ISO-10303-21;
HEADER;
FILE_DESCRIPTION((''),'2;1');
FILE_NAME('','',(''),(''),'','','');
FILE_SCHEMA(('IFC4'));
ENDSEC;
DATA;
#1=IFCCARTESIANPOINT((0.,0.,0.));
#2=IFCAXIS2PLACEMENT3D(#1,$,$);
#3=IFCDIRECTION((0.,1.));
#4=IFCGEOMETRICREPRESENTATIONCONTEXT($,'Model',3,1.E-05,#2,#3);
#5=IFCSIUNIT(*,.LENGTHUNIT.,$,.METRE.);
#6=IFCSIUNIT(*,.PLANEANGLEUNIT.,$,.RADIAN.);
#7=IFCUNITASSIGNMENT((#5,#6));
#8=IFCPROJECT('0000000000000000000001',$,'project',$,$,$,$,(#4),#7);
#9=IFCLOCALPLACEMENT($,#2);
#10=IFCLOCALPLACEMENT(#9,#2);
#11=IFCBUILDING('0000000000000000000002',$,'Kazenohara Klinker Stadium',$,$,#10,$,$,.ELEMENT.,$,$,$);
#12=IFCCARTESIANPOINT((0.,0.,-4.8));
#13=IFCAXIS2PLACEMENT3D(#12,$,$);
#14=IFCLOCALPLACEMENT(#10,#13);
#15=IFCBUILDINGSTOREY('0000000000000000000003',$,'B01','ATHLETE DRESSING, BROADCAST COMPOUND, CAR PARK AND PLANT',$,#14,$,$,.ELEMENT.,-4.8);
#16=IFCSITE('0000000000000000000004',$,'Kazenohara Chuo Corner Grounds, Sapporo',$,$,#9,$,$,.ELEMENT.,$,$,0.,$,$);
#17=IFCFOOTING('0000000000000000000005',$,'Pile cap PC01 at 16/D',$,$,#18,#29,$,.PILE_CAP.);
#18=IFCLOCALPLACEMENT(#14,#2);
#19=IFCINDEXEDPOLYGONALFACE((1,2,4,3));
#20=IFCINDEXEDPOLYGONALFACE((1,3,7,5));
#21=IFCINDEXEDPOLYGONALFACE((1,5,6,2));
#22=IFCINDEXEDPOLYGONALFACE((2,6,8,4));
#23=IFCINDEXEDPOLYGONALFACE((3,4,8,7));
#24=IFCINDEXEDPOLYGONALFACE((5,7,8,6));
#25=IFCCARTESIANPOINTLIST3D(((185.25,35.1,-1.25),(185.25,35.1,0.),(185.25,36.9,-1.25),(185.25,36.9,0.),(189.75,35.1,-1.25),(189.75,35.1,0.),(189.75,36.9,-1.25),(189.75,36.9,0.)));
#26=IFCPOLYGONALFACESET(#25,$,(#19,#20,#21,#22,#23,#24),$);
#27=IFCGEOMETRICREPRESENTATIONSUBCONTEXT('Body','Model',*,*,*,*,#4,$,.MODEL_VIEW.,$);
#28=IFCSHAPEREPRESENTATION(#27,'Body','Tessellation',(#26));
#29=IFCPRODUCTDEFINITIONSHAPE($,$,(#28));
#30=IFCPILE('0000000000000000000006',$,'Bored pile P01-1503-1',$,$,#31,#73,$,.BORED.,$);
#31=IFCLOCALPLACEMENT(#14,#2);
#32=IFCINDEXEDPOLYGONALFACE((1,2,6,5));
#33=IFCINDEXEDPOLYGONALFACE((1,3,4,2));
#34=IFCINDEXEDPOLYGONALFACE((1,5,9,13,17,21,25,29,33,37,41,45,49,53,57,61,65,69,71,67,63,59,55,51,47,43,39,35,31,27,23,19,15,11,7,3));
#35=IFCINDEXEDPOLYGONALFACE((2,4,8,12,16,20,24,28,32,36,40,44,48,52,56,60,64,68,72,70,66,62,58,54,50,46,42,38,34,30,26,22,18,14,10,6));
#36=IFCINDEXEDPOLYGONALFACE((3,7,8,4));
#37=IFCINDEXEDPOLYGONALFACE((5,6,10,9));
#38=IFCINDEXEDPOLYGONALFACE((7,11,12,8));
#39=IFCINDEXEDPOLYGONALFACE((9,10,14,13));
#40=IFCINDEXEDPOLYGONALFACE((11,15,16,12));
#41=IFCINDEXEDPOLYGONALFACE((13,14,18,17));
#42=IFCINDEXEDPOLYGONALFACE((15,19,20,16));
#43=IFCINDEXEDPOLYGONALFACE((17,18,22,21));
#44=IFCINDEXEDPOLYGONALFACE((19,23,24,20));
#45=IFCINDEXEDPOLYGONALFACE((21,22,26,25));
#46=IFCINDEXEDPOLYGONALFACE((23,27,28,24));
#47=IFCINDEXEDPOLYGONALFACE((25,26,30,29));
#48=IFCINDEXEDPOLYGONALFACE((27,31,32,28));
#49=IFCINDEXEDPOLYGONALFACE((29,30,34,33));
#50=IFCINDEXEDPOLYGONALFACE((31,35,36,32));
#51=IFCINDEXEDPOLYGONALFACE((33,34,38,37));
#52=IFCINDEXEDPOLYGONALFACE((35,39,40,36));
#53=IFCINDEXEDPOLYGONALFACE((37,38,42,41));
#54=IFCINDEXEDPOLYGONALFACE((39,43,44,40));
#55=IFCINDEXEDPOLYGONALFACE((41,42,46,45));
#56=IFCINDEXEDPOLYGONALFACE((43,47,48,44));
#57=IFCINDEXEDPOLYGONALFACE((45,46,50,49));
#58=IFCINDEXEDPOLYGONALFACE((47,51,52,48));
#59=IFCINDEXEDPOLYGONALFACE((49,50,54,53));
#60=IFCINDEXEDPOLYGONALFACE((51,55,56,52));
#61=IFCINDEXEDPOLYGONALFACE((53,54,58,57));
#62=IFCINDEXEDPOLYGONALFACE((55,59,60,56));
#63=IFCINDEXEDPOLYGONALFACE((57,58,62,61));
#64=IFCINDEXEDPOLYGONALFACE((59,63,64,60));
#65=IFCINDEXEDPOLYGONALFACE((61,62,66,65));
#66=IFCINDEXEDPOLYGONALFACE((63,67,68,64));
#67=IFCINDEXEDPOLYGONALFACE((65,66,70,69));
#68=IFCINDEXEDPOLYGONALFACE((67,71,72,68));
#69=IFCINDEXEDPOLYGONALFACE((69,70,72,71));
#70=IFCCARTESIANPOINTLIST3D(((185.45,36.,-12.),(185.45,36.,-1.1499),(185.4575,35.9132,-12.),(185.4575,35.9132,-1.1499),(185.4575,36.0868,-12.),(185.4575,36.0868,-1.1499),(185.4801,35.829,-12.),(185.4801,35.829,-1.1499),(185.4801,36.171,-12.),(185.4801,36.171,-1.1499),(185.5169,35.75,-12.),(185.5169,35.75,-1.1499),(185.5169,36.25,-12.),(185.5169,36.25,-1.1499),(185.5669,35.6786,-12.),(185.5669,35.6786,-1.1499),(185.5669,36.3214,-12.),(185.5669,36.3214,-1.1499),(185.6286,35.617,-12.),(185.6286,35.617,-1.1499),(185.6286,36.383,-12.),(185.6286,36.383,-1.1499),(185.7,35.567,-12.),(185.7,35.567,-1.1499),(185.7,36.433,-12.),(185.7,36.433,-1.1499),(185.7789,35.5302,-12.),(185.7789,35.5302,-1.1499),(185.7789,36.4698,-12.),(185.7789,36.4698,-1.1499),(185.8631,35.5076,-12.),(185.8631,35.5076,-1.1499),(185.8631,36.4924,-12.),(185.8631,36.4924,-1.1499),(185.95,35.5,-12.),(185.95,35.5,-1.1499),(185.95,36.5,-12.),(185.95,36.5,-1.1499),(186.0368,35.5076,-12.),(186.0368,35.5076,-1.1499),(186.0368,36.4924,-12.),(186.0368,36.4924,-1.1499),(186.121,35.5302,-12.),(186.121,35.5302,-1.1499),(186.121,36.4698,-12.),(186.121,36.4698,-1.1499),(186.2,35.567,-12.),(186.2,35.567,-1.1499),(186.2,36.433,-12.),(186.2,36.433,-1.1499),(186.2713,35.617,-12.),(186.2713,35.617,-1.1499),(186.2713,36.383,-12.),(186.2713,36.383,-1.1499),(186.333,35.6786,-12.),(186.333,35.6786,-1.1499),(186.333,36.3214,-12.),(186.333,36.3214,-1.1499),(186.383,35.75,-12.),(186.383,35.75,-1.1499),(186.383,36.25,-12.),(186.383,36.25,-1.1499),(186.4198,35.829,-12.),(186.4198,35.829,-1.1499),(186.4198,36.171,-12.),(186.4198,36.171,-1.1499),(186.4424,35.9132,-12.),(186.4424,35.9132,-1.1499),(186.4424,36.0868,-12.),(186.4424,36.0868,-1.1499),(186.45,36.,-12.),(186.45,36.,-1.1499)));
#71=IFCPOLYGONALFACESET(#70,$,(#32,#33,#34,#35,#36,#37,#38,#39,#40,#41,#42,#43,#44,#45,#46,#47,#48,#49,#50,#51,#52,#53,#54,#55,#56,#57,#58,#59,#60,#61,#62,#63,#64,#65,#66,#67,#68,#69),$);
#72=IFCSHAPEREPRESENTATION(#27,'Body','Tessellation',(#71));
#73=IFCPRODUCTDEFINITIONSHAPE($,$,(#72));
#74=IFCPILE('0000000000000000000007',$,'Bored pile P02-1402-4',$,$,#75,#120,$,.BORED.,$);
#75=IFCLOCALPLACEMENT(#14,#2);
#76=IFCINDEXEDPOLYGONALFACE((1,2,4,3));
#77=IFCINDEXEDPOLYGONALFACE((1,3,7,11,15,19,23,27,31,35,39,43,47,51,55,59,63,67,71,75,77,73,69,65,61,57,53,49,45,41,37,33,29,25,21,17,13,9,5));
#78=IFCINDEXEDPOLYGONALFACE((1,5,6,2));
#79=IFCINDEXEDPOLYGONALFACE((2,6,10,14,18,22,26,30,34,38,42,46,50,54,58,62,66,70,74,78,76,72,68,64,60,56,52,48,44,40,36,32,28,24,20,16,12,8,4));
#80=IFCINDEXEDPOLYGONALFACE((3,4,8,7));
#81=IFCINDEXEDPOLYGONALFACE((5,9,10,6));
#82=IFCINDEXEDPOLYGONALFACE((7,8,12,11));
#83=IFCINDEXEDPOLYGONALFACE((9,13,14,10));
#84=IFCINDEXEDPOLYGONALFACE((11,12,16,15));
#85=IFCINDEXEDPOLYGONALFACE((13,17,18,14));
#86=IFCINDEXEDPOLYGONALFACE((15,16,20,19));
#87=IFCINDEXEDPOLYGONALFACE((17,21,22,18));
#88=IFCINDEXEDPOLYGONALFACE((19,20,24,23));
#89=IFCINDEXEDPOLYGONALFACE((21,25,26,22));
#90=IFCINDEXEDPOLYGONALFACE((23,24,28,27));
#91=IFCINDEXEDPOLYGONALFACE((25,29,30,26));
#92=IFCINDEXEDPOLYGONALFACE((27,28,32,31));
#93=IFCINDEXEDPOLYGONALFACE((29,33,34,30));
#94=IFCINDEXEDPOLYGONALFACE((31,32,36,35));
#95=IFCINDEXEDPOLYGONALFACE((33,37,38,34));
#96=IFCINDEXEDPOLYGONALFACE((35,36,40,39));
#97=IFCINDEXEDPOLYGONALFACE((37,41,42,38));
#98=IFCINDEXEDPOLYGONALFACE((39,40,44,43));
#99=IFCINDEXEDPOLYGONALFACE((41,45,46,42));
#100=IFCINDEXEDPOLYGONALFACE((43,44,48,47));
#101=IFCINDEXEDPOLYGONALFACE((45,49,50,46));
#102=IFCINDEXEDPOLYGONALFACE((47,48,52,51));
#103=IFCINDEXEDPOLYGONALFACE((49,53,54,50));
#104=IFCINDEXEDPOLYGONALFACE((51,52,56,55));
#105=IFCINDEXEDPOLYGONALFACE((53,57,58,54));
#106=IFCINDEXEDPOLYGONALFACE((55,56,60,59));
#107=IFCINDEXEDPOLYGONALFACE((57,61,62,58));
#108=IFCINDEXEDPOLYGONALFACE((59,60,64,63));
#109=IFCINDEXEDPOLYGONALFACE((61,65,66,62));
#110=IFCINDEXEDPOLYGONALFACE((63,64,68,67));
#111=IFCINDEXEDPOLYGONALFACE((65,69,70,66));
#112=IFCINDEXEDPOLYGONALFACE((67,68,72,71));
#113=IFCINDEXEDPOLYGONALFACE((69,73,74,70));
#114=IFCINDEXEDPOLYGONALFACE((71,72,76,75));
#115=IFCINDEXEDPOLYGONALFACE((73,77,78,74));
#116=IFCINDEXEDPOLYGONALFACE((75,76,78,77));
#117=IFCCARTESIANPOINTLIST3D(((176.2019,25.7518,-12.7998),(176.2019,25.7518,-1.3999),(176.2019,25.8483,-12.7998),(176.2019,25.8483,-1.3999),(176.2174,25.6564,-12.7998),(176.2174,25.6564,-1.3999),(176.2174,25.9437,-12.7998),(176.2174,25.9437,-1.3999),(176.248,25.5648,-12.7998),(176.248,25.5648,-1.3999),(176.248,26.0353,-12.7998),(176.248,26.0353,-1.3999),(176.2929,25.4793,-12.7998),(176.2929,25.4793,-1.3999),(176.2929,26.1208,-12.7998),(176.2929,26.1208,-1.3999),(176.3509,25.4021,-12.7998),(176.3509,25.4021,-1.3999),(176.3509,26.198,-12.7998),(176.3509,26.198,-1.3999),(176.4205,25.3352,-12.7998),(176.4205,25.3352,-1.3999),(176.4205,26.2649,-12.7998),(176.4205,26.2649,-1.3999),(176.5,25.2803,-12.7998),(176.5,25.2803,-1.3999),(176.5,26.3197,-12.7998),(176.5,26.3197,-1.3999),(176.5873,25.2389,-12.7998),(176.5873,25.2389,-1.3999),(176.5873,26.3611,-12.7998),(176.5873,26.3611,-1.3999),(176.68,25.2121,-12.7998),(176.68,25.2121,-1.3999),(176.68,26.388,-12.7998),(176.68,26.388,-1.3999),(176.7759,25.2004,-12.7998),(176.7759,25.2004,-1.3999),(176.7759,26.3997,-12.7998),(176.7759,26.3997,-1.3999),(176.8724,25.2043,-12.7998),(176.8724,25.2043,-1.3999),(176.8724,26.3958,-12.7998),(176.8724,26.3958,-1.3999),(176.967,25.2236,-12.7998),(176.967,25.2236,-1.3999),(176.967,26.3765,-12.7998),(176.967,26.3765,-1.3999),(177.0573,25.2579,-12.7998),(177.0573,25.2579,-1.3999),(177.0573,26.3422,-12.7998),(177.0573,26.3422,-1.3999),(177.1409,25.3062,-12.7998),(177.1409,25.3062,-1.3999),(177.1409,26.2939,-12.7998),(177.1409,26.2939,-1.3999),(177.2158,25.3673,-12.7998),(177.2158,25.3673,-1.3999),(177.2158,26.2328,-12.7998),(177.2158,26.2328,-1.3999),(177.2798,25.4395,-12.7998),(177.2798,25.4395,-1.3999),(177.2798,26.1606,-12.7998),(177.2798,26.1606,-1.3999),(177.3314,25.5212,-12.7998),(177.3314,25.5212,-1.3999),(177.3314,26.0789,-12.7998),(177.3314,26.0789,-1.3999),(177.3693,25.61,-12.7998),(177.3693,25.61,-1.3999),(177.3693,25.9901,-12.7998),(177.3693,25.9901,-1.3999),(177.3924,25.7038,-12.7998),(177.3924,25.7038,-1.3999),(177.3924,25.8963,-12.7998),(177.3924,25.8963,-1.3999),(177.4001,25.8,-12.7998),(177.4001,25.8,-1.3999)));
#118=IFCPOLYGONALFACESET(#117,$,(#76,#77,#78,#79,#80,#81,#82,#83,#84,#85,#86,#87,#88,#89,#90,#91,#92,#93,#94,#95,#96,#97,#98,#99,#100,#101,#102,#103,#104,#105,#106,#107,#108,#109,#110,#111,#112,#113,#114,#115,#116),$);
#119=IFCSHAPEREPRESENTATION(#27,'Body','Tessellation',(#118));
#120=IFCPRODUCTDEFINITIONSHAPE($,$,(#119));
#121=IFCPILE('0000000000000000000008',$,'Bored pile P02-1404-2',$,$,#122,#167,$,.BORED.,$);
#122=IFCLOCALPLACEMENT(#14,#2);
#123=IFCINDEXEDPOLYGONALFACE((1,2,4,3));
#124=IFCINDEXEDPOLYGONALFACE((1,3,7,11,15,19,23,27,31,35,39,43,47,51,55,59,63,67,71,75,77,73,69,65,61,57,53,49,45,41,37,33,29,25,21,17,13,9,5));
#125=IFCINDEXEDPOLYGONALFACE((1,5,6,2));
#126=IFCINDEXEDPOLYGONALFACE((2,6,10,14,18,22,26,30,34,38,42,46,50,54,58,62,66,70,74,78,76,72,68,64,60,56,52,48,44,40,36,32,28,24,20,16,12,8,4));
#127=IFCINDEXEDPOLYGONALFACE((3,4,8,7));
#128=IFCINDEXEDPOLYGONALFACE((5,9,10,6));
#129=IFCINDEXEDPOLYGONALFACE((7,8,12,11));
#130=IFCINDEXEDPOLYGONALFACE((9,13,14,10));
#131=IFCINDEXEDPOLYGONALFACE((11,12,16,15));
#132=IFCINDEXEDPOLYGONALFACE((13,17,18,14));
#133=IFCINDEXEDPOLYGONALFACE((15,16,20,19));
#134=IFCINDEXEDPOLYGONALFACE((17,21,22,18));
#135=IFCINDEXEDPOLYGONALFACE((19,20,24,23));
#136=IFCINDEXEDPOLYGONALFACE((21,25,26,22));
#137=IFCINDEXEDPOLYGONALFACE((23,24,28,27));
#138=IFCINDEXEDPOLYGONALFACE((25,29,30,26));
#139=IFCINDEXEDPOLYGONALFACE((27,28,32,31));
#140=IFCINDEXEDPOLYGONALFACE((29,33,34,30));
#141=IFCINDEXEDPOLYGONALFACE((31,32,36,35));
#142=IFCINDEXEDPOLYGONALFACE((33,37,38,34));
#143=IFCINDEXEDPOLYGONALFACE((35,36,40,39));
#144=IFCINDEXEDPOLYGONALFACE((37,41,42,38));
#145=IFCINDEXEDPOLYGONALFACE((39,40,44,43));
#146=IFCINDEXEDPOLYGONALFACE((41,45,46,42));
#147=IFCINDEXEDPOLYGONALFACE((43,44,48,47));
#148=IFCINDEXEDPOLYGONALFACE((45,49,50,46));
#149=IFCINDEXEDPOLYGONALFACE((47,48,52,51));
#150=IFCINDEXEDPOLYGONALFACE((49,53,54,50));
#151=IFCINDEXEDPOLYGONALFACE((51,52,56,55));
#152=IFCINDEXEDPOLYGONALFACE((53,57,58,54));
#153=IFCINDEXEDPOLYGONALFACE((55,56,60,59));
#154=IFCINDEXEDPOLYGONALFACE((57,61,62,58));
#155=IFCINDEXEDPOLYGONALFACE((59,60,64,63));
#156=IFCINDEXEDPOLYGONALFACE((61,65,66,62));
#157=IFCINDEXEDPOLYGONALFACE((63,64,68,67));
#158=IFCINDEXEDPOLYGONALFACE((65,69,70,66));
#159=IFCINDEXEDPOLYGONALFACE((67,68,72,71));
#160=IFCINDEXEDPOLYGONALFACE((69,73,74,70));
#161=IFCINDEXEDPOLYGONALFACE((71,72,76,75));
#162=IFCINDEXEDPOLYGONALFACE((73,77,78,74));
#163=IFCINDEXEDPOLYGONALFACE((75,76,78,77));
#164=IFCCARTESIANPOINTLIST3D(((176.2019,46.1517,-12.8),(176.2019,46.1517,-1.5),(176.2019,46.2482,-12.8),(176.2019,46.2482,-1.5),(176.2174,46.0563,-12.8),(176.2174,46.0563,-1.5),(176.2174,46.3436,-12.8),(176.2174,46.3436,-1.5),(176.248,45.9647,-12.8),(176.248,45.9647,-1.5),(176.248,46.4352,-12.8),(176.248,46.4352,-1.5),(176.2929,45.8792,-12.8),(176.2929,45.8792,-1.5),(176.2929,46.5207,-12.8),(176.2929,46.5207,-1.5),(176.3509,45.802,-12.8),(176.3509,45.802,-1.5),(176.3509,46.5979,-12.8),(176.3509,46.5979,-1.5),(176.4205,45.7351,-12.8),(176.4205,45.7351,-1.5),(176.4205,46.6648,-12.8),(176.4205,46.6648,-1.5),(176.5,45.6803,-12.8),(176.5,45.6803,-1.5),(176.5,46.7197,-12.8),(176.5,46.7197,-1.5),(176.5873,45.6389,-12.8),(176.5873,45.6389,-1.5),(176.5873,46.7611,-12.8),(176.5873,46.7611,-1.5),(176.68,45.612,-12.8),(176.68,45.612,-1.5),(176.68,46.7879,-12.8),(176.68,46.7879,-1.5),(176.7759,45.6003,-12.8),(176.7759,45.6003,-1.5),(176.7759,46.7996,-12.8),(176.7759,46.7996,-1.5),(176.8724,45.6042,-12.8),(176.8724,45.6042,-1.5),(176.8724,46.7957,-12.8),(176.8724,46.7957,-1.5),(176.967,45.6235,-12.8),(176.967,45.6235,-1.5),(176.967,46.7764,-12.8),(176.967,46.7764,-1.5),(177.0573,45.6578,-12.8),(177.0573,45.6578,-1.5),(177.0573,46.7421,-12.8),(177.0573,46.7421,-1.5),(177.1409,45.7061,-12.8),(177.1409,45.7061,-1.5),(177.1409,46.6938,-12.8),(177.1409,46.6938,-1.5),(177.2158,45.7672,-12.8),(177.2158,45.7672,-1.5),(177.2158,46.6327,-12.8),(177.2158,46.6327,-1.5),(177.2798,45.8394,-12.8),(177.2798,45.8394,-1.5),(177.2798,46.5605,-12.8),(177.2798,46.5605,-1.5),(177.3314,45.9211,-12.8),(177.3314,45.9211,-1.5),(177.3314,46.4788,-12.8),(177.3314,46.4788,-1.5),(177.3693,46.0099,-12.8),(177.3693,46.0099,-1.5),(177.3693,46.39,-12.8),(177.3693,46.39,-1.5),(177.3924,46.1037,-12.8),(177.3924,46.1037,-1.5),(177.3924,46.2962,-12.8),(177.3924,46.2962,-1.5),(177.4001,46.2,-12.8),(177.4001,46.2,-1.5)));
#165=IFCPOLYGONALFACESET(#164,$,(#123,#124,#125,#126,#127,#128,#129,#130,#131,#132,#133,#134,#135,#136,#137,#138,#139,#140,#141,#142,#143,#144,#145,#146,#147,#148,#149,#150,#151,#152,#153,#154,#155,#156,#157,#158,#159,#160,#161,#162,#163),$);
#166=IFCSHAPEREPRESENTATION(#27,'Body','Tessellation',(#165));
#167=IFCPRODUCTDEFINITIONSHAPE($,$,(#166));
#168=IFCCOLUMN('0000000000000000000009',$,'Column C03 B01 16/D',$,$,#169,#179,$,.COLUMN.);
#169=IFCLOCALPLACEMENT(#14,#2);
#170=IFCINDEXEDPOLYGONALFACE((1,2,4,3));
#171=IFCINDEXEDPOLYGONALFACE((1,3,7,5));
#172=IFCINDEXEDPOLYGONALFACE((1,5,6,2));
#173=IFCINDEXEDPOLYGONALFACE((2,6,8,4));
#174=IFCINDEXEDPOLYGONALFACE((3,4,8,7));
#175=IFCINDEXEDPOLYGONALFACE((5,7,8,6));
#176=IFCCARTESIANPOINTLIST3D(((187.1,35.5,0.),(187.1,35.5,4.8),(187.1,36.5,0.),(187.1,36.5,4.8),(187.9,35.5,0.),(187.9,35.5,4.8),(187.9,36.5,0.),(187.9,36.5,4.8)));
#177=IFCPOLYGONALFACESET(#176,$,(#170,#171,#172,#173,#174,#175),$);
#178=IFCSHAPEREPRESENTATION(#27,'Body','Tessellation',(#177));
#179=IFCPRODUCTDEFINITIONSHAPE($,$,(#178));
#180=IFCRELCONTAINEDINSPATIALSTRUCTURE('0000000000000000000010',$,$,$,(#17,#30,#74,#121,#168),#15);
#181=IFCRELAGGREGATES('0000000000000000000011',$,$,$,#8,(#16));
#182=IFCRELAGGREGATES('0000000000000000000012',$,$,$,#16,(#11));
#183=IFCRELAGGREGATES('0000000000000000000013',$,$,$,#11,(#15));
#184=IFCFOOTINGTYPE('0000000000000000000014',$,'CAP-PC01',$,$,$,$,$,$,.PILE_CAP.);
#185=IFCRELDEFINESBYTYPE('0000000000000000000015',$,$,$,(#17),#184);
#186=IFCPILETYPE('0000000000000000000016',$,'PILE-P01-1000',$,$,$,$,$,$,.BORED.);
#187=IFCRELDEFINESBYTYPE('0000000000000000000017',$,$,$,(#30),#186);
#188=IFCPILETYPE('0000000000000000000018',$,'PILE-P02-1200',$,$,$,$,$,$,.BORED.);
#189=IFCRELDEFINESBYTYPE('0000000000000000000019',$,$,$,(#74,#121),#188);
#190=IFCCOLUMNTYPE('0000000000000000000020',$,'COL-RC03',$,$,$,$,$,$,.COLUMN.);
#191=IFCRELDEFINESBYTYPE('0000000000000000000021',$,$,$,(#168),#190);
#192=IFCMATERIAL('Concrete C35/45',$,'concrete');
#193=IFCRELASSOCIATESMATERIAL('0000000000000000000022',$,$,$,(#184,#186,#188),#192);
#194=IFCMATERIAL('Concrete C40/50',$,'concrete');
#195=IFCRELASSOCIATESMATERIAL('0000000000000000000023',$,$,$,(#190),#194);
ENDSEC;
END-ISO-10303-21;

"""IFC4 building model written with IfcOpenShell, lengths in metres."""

from ifc_helpers import new_model, si_unit, direction, frame, origin, origin_2d, place, context, subcontext, project, spatial, rectangle, circle, extrude, material, material_profile, profile_set, type_object, element, save


model = new_model("IFC4")

# Units and contexts
model_context = context("Model", 3, precision=1e-05, world=origin(), true_north=direction((0.0, 1.0)))
body_context = subcontext(model_context, "Body", "Model", "MODEL_VIEW")
ifc_project = project(units=[si_unit("LENGTHUNIT", "METRE"), si_unit("PLANEANGLEUNIT", "RADIAN")], contexts=[model_context])

# Site, building, storey
site_placement = place(None, origin())
site = spatial("IfcSite", under=ifc_project, at=site_placement, Name="Kazenohara Chuo Corner Grounds, Sapporo", CompositionType="ELEMENT", RefElevation=0.0)
building_placement = place(site_placement, origin())
building = spatial("IfcBuilding", under=site, at=building_placement, Name="Kazenohara Klinker Stadium", CompositionType="ELEMENT")
storey_placement = place(building_placement, frame((0.0, 0.0, -4.8)))
storey = spatial("IfcBuildingStorey", under=building, at=storey_placement, Name="B01", Description="ATHLETE DRESSING, BROADCAST COMPOUND, CAR PARK AND PLANT", CompositionType="ELEMENT", Elevation=-4.8)

# Footing
ifc_material_1 = material(Name="Concrete C35/45", Category="concrete")
footing_type = type_object("IfcFootingType", Name="CAP-PC01", PredefinedType="PILE_CAP", material=ifc_material_1)
footing_placement = place(storey_placement, frame((187.5, 36.0, -1.25), z_axis=(0.0, 0.0, 1.0), x_axis=(1.0, 0.0, 0.0)))
element("IfcFooting", 1, at=footing_placement, inside=storey, type_object=footing_type, Name="Pile cap PC01 at 16/D", PredefinedType="PILE_CAP", context=body_context, shape_type="SweptSolid", body=[
    extrude(rectangle(XDim=4.5, YDim=1.8, at=origin_2d()), origin(), (0.0, 0.0, 1.0), 1.25),
])

# Piles
ifc_material_profile_1 = material_profile(ifc_material_1, circle(Radius=0.5, at=origin_2d()), Name="BORED-PILE-1000")
ifc_profile_set_1 = profile_set([ifc_material_profile_1], Name="Concrete C35/45")
pile_type_1 = type_object("IfcPileType", Name="PILE-P01-1000", PredefinedType="BORED", material=ifc_profile_set_1)
pile_1_placement = place(storey_placement, frame((185.95, 36.0, -1.1499), z_axis=(0.0, 0.0, -1.0), x_axis=(1.0, 0.0, 0.0)))
element("IfcPile", 2, at=pile_1_placement, inside=storey, type_object=pile_type_1, Name="Bored pile P01-1503-1", PredefinedType="BORED", context=body_context, shape_type="SweptSolid", body=[
    extrude(circle(Radius=0.5, at=origin_2d()), origin(), (0.0, 0.0, 1.0), 10.8501),
])
ifc_material_profile_2 = material_profile(ifc_material_1, circle(Radius=0.6001, at=origin_2d()), Name="BORED-PILE-1200")
ifc_profile_set_2 = profile_set([ifc_material_profile_2], Name="Concrete C35/45")
pile_type_2 = type_object("IfcPileType", Name="PILE-P02-1200", PredefinedType="BORED", material=ifc_profile_set_2)
pile_2_placement = place(storey_placement, frame((176.8, 25.8, -1.3999), z_axis=(0.0, 0.0, -1.0), x_axis=(1.0, 0.0, 0.0)))
element("IfcPile", 3, at=pile_2_placement, inside=storey, type_object=pile_type_2, Name="Bored pile P02-1402-4", PredefinedType="BORED", context=body_context, shape_type="SweptSolid", body=[
    extrude(circle(Radius=0.6001, at=origin_2d()), origin(), (0.0, 0.0, 1.0), 11.3999),
])
pile_3_placement = place(storey_placement, frame((176.8, 46.2, -1.5), z_axis=(0.0, 0.0, -1.0), x_axis=(1.0, 0.0, 0.0)))
element("IfcPile", 4, at=pile_3_placement, inside=storey, type_object=pile_type_2, Name="Bored pile P02-1404-2", PredefinedType="BORED", context=body_context, shape_type="SweptSolid", body=[
    extrude(circle(Radius=0.6001, at=origin_2d()), origin(), (0.0, 0.0, 1.0), 11.3),
])

# Column
ifc_material_2 = material(Name="Concrete C40/50", Category="concrete")
ifc_material_profile_3 = material_profile(ifc_material_2, rectangle(XDim=0.8, YDim=1.0, at=origin_2d()), Name="RC-COL-1000x800")
ifc_profile_set_3 = profile_set([ifc_material_profile_3], Name="Concrete C40/50")
column_type = type_object("IfcColumnType", Name="COL-RC03", PredefinedType="COLUMN", material=ifc_profile_set_3)
column_placement = place(storey_placement, frame((187.5, 36.0, 0.0), z_axis=(0.0, 0.0, 1.0), x_axis=(1.0, 0.0, 0.0)))
element("IfcColumn", 5, at=column_placement, inside=storey, type_object=column_type, Name="Column C03 B01 16/D", PredefinedType="COLUMN", context=body_context, shape_type="SweptSolid", body=[
    extrude(rectangle(XDim=0.8, YDim=1.0, at=origin_2d()), origin(), (0.0, 0.0, 1.0), 4.8),
])

save(model, "model.ifc")
